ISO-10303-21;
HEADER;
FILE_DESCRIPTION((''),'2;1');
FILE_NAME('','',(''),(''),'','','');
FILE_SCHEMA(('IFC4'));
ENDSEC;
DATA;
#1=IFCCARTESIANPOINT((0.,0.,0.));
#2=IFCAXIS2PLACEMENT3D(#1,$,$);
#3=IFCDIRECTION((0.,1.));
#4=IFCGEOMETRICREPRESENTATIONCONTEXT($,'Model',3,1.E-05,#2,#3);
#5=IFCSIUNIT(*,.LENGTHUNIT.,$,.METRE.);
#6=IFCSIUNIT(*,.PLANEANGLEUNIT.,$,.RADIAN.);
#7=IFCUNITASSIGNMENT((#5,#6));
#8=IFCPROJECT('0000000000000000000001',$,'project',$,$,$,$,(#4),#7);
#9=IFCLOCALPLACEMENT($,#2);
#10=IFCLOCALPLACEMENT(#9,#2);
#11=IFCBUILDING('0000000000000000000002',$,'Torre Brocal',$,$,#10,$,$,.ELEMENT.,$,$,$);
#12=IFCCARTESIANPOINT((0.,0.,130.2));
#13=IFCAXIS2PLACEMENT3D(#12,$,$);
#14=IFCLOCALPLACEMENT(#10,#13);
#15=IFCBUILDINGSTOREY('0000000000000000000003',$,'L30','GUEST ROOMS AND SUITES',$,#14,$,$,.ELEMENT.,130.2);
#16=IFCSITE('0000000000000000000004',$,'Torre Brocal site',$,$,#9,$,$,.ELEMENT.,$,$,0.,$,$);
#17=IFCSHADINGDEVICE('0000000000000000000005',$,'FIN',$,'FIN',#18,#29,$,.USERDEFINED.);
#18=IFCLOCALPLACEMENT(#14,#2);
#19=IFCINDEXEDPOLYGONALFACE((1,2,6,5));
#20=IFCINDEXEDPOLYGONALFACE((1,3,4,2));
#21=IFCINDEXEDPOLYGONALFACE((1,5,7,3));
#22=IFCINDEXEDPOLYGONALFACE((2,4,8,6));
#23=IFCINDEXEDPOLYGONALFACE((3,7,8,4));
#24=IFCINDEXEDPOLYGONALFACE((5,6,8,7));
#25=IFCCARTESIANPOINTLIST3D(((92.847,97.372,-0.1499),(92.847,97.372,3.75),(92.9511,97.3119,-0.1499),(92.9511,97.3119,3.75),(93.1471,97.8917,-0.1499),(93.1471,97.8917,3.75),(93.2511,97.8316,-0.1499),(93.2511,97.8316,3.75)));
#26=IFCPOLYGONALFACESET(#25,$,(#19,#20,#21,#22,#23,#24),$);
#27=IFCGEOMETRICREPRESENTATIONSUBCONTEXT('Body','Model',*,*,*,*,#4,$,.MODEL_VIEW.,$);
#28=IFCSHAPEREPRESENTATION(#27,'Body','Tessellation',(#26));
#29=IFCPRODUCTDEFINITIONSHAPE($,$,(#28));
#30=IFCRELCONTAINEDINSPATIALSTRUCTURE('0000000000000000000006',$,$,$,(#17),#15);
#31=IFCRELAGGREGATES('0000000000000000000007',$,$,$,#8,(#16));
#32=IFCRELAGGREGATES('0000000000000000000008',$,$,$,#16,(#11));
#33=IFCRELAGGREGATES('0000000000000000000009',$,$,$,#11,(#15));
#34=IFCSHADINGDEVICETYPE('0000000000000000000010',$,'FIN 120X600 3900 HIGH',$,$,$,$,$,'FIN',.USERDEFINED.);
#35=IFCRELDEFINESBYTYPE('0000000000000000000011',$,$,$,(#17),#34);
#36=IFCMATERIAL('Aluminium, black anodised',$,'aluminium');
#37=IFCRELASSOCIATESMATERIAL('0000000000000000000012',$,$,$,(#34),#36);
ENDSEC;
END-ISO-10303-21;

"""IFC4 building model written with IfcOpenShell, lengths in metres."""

from ifc_helpers import new_model, si_unit, direction, frame, origin, origin_2d, place, context, subcontext, project, spatial, rectangle, extrude, material, material_profile, profile_set, type_object, element, save


model = new_model("IFC4")

# Units and contexts
model_context = context("Model", 3, precision=1e-05, world=origin(), true_north=direction((0.0, 1.0)))
body_context = subcontext(model_context, "Body", "Model", "MODEL_VIEW")
ifc_project = project(units=[si_unit("LENGTHUNIT", "METRE"), si_unit("PLANEANGLEUNIT", "RADIAN")], contexts=[model_context])

# Site, building, storey
site_placement = place(None, origin())
site = spatial("IfcSite", under=ifc_project, at=site_placement, Name="Torre Brocal site", CompositionType="ELEMENT", RefElevation=0.0)
building_placement = place(site_placement, origin())
building = spatial("IfcBuilding", under=site, at=building_placement, Name="Torre Brocal", CompositionType="ELEMENT")
storey_placement = place(building_placement, frame((0.0, 0.0, 130.2)))
storey = spatial("IfcBuildingStorey", under=building, at=storey_placement, Name="L30", Description="GUEST ROOMS AND SUITES", CompositionType="ELEMENT", Elevation=130.2)

# Shading device
ifc_material_1 = material(Name="Aluminium, black anodised", Category="aluminium")
ifc_material_profile_1 = material_profile(ifc_material_1, rectangle(XDim=0.1201, YDim=0.6001, at=origin_2d()), Name="FIN 120X600 3900 HIGH")
ifc_profile_set_1 = profile_set([ifc_material_profile_1], Name="Aluminium, black anodised")
shading_device_type = type_object("IfcShadingDeviceType", Name="FIN 120X600 3900 HIGH", ElementType="FIN", PredefinedType="USERDEFINED", material=ifc_profile_set_1)
for number, where, z_axis, x_axis, name in (
    (1, (93.0491, 97.6018, -0.1499), (0.0, 0.0, 1.0), (-0.866025, 0.5, 0.0), "FIN"),
):
    element("IfcShadingDevice", number, at=place(storey_placement, frame(where, z_axis=z_axis, x_axis=x_axis)), inside=storey, type_object=shading_device_type, Name=name, ObjectType="FIN", PredefinedType="USERDEFINED", context=body_context, shape_type="SweptSolid", body=[
        extrude(rectangle(XDim=0.1201, YDim=0.6001, at=origin_2d()), origin(), (0.0, 0.0, 1.0), 3.8999),
    ])

save(model, "model.ifc")
